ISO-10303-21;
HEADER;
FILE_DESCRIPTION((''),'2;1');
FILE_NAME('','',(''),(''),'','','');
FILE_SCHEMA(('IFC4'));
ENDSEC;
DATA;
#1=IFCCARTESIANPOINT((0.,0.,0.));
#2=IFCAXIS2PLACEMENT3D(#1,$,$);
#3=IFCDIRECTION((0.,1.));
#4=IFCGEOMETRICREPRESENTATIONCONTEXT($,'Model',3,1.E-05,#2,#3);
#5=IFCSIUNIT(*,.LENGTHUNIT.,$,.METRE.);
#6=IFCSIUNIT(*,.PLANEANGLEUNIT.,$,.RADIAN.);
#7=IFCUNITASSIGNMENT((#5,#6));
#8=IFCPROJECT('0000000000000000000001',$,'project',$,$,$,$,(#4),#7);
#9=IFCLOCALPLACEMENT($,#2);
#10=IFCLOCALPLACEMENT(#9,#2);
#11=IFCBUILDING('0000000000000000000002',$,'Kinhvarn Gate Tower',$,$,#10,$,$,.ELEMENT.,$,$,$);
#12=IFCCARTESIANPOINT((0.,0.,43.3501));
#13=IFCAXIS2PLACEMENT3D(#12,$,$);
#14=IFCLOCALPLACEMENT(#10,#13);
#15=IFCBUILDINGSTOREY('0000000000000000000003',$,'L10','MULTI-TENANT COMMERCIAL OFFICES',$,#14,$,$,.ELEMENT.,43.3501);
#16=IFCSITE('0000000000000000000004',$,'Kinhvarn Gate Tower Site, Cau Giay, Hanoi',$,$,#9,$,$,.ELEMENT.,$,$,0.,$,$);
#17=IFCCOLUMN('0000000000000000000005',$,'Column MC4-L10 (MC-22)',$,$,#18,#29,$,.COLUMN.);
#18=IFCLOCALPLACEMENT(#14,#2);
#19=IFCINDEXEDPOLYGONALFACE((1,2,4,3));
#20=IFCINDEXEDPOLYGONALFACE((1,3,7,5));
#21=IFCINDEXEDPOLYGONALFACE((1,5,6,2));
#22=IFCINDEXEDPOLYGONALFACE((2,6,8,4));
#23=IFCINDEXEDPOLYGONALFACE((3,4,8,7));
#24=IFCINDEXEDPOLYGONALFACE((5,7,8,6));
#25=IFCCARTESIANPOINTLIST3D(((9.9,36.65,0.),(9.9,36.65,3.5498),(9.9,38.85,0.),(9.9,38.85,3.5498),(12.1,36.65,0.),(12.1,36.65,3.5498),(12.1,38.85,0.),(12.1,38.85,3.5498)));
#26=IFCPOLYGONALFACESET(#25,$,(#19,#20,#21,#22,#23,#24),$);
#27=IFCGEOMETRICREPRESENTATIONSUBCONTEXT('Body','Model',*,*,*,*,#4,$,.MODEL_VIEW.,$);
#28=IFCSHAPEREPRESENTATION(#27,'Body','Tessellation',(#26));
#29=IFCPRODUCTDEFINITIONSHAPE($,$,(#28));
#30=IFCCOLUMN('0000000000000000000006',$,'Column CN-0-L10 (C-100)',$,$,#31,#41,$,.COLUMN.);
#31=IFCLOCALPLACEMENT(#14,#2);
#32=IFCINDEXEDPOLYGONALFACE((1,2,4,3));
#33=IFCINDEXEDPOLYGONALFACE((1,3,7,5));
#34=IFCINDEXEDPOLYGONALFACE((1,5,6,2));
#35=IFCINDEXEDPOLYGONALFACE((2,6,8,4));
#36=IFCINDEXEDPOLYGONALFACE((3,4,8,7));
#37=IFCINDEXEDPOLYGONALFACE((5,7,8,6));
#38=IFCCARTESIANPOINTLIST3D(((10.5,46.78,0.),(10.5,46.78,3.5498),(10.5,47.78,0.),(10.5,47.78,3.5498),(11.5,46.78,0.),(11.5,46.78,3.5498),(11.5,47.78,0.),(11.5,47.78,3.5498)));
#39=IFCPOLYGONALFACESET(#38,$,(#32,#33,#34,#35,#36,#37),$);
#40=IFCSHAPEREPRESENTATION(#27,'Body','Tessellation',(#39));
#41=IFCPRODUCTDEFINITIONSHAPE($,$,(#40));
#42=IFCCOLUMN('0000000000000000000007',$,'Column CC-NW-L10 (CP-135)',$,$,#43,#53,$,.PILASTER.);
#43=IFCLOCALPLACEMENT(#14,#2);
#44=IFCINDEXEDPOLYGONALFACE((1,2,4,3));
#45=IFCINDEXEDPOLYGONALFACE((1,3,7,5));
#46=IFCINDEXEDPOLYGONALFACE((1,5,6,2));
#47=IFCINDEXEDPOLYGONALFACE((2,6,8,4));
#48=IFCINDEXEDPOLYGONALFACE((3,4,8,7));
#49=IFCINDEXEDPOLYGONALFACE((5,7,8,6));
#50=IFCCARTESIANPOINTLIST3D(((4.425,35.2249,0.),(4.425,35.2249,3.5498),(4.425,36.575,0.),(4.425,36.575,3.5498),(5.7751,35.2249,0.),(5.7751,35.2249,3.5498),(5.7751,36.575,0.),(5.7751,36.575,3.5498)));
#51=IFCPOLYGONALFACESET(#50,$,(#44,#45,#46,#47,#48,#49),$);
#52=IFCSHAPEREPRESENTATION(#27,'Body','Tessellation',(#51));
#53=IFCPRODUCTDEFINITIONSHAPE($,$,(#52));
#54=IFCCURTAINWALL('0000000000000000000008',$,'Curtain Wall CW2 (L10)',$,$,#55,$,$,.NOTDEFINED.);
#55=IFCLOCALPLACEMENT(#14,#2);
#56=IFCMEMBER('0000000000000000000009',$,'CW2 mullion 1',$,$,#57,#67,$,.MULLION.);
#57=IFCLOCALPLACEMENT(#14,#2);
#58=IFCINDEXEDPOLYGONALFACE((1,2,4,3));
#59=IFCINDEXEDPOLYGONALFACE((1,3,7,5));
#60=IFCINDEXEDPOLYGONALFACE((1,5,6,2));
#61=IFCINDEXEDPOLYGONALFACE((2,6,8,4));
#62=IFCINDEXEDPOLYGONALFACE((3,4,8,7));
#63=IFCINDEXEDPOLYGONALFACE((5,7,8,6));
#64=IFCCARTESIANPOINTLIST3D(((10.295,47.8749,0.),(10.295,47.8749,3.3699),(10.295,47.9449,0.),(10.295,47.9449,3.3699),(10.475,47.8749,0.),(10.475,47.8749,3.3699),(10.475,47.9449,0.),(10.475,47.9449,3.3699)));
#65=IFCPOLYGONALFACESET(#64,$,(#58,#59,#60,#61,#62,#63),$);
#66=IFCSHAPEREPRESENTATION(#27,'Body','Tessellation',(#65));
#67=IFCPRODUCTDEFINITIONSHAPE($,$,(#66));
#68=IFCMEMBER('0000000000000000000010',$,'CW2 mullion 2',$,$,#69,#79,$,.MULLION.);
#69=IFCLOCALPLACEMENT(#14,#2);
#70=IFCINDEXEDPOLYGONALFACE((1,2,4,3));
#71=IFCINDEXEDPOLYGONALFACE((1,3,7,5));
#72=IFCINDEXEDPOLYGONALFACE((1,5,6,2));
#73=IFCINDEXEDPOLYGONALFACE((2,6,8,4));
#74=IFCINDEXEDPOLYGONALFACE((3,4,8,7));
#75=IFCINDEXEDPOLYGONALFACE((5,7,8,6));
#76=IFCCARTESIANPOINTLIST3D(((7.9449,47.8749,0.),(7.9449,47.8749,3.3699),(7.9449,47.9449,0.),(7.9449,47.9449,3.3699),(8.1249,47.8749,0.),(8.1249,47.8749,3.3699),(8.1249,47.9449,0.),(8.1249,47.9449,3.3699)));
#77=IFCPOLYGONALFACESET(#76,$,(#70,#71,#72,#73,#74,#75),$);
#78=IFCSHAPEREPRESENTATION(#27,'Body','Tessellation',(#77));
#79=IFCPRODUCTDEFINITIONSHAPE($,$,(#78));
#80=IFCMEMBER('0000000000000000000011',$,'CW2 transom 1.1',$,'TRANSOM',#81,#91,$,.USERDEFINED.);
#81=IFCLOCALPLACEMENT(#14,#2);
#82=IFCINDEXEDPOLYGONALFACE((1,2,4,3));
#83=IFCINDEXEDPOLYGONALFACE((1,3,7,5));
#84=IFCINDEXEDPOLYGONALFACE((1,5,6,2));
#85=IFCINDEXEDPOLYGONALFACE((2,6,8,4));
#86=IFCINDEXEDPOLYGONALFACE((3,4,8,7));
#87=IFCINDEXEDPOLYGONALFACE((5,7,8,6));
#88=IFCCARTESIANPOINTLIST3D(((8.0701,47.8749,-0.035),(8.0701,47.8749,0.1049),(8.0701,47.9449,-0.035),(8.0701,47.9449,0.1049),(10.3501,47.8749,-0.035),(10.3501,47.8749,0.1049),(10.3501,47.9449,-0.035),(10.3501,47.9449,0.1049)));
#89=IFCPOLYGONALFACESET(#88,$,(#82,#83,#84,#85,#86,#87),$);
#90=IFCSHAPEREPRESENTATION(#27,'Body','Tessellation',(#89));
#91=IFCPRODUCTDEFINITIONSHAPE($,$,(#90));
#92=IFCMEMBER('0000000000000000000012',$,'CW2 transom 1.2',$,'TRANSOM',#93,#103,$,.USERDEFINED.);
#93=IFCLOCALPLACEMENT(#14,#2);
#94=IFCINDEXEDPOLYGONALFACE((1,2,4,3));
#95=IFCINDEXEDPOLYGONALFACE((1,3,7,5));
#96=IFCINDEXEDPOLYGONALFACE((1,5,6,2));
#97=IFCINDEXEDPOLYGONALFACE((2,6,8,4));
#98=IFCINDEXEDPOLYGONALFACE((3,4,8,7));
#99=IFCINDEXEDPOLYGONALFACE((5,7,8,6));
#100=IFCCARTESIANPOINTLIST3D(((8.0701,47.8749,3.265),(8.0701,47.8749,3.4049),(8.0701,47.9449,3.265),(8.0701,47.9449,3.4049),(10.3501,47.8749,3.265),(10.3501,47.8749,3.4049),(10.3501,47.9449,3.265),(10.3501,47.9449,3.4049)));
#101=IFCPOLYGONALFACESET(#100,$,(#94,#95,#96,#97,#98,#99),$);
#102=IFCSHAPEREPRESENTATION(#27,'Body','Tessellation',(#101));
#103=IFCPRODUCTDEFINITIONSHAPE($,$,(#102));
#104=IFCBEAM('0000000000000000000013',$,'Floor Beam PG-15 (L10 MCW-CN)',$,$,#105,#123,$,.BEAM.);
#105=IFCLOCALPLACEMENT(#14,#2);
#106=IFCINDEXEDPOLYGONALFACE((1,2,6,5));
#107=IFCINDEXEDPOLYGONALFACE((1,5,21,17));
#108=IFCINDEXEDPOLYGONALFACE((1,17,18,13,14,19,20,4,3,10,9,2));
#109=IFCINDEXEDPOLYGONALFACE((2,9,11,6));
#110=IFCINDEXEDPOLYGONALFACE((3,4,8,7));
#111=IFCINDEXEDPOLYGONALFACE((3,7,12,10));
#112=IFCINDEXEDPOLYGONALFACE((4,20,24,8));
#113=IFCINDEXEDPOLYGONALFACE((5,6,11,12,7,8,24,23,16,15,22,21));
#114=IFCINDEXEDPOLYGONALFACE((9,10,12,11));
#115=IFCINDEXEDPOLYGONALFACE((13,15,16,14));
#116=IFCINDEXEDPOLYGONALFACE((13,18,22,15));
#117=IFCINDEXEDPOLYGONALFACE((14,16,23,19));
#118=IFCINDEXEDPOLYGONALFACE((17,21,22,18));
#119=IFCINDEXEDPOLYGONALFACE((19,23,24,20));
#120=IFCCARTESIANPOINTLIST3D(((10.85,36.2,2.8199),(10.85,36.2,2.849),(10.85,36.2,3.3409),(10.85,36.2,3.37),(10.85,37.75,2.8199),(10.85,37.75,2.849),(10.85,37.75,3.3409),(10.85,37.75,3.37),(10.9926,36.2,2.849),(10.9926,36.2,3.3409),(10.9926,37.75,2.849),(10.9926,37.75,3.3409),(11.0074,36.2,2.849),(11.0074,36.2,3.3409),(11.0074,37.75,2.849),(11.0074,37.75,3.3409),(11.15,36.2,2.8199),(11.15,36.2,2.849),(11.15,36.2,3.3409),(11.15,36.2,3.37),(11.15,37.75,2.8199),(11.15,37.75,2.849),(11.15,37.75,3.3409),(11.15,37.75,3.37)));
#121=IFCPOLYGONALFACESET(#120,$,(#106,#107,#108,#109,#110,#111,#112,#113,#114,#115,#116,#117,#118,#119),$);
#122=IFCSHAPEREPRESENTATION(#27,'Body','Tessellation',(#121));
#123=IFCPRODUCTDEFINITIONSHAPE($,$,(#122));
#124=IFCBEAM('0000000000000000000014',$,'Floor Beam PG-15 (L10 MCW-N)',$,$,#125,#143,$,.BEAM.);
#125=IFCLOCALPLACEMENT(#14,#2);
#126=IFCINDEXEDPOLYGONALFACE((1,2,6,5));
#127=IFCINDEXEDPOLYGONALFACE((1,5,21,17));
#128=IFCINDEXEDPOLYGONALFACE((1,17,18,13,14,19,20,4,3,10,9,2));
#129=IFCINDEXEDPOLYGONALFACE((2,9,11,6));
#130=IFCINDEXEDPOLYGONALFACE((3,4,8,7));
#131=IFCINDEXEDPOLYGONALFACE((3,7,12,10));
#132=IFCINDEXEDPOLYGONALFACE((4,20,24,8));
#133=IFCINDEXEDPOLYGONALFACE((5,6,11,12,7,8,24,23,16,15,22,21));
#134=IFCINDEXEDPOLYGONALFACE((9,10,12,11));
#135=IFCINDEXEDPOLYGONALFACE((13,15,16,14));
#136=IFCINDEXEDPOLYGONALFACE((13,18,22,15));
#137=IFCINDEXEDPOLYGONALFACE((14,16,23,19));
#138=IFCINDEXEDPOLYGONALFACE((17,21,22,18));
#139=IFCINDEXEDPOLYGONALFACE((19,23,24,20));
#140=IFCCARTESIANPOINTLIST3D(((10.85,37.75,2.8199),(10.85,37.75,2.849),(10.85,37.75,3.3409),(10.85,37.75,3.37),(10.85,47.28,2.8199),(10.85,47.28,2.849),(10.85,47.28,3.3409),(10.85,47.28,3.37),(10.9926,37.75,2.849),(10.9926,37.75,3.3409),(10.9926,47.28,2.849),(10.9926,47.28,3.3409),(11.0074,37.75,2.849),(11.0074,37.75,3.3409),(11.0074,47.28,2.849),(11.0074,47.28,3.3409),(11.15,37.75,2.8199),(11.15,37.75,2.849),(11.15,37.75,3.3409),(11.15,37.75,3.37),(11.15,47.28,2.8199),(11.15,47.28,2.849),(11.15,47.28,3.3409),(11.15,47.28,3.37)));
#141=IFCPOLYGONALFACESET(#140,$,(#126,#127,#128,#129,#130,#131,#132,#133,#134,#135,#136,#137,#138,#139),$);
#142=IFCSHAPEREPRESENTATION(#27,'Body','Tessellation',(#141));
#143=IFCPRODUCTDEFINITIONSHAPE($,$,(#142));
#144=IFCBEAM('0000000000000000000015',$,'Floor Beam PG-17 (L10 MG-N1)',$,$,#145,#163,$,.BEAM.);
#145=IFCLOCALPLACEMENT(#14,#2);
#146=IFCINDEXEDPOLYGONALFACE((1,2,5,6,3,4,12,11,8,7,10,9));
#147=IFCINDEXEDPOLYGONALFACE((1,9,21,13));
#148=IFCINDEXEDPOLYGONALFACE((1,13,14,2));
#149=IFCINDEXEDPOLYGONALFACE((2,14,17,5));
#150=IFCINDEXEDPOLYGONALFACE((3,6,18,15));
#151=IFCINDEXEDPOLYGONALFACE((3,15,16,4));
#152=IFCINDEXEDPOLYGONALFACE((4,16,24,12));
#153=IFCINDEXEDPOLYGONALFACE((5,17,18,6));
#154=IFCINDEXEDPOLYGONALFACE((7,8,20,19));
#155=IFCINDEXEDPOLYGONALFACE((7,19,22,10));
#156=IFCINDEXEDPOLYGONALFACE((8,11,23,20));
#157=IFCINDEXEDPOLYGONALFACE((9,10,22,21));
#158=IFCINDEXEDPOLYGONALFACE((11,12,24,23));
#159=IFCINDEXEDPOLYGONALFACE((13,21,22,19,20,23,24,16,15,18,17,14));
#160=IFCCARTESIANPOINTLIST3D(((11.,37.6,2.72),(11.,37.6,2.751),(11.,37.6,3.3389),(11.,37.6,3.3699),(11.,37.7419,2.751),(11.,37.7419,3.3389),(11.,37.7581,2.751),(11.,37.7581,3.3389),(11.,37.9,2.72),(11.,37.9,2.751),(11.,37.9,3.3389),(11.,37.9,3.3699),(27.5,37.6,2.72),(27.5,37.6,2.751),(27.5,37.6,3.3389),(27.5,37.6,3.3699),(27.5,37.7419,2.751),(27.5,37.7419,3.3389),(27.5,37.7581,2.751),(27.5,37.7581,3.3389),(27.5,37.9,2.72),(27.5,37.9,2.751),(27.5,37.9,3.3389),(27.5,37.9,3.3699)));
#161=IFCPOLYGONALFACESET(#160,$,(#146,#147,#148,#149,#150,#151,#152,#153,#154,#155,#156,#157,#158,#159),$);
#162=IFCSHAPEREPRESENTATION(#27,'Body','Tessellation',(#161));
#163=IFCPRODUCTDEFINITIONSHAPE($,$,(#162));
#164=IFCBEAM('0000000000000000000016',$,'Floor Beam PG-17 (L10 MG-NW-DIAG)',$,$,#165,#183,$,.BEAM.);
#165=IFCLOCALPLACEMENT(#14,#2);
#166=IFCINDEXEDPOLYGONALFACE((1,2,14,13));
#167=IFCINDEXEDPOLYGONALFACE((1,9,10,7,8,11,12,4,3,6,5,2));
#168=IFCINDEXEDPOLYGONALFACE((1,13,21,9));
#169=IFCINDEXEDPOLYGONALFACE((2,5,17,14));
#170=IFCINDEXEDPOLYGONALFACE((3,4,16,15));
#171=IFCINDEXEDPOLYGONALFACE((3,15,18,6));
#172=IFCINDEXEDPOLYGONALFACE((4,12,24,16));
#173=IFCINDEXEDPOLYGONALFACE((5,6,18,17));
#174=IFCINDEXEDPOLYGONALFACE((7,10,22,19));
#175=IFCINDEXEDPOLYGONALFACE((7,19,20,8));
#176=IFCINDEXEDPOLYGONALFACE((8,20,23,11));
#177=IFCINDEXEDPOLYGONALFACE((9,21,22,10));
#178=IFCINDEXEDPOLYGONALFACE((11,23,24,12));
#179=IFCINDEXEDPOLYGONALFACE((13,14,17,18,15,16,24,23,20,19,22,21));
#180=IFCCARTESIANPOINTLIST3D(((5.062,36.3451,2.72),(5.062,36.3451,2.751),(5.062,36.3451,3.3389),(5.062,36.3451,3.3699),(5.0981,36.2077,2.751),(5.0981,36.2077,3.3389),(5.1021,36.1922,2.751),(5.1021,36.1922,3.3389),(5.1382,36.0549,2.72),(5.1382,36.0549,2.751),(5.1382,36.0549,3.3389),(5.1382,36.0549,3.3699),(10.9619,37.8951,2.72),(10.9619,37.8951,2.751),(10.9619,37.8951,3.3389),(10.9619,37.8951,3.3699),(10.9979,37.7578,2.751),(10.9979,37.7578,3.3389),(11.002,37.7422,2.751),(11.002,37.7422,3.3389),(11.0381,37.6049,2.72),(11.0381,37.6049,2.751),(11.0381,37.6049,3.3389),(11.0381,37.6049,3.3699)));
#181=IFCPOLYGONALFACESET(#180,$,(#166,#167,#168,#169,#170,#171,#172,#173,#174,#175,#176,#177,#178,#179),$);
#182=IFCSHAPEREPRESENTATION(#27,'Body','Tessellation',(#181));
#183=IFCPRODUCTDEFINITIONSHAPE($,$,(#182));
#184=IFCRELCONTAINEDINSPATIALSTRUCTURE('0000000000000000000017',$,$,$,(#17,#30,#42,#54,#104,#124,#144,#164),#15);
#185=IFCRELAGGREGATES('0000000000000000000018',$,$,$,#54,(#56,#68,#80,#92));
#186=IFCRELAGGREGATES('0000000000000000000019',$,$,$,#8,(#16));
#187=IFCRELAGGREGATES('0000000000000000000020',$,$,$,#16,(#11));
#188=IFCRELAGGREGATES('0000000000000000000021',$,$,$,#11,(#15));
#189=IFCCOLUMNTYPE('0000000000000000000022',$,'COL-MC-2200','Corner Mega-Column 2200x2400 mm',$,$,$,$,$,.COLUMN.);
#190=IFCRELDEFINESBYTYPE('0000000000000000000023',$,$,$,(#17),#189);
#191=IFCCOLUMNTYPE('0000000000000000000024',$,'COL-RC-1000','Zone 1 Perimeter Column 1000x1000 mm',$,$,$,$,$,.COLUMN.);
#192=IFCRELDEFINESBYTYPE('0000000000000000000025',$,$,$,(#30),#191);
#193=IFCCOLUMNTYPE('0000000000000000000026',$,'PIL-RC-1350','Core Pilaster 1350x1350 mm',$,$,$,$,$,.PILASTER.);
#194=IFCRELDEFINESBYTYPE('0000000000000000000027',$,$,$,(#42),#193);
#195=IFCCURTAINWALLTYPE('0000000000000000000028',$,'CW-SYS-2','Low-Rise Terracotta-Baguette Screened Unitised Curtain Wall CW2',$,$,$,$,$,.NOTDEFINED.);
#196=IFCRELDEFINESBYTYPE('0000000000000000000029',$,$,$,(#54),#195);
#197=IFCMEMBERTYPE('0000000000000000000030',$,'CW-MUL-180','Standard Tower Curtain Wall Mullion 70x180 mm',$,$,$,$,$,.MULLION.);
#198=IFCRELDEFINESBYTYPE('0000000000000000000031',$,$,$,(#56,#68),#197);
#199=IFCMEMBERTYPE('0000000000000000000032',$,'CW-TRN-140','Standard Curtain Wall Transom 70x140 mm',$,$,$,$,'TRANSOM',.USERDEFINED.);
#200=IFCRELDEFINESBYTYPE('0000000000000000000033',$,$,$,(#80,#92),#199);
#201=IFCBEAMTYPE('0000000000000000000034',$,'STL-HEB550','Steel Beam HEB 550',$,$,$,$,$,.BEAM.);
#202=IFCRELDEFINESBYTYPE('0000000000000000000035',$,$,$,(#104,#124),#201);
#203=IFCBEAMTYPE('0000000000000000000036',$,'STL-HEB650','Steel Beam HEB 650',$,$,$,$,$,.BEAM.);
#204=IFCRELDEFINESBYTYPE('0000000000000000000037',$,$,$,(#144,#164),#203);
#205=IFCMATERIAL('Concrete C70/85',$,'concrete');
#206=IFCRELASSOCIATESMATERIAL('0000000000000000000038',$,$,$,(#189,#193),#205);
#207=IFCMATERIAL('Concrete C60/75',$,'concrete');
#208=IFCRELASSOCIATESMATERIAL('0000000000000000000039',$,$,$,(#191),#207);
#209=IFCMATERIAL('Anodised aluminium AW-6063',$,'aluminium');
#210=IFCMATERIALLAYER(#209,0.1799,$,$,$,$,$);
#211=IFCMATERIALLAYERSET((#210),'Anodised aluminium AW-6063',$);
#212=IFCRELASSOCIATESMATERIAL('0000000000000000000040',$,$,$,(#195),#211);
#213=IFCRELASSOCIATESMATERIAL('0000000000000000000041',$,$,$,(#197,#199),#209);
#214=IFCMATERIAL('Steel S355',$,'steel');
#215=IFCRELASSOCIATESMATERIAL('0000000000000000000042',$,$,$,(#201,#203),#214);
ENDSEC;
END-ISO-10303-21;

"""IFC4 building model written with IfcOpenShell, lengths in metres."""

from ifc_helpers import new_model, si_unit, direction, frame, origin, origin_2d, place, context, subcontext, project, spatial, rectangle, i_section, extrude, material, layer, layer_set, material_profile, profile_set, type_object, element, aggregate, save


model = new_model("IFC4")

# Units and contexts
model_context = context("Model", 3, precision=1e-05, world=origin(), true_north=direction((0.0, 1.0)))
body_context = subcontext(model_context, "Body", "Model", "MODEL_VIEW")
ifc_project = project(units=[si_unit("LENGTHUNIT", "METRE"), si_unit("PLANEANGLEUNIT", "RADIAN")], contexts=[model_context])

# Site, building, storey
site_placement = place(None, origin())
site = spatial("IfcSite", under=ifc_project, at=site_placement, Name="Kinhvarn Gate Tower Site, Cau Giay, Hanoi", CompositionType="ELEMENT", RefElevation=0.0)
building_placement = place(site_placement, origin())
building = spatial("IfcBuilding", under=site, at=building_placement, Name="Kinhvarn Gate Tower", CompositionType="ELEMENT")
storey_placement = place(building_placement, frame((0.0, 0.0, 43.3501)))
storey = spatial("IfcBuildingStorey", under=building, at=storey_placement, Name="L10", Description="MULTI-TENANT COMMERCIAL OFFICES", CompositionType="ELEMENT", Elevation=43.3501)

# Columns
ifc_material_1 = material(Name="Concrete C70/85", Category="concrete")
ifc_material_profile_1 = material_profile(ifc_material_1, rectangle(XDim=2.2, YDim=2.2, at=origin_2d()), Name="RC 2200x2200")
ifc_profile_set_1 = profile_set([ifc_material_profile_1], Name="Concrete C70/85")
column_type_1 = type_object("IfcColumnType", Name="COL-MC-2200", Description="Corner Mega-Column 2200x2400 mm", PredefinedType="COLUMN", material=ifc_profile_set_1)
column_1_placement = place(storey_placement, frame((11.0, 37.75, 0.0), z_axis=(0.0, 0.0, 1.0), x_axis=(1.0, 0.0, 0.0)))
element("IfcColumn", 1, at=column_1_placement, inside=storey, type_object=column_type_1, Name="Column MC4-L10 (MC-22)", PredefinedType="COLUMN", context=body_context, shape_type="SweptSolid", body=[
    extrude(rectangle(XDim=2.2, YDim=2.2, at=origin_2d()), origin(), (0.0, 0.0, 1.0), 3.5498),
])
ifc_material_2 = material(Name="Concrete C60/75", Category="concrete")
ifc_material_profile_2 = material_profile(ifc_material_2, rectangle(XDim=1.0, YDim=1.0, at=origin_2d()), Name="RC 1000x1000")
ifc_profile_set_2 = profile_set([ifc_material_profile_2], Name="Concrete C60/75")
column_type_2 = type_object("IfcColumnType", Name="COL-RC-1000", Description="Zone 1 Perimeter Column 1000x1000 mm", PredefinedType="COLUMN", material=ifc_profile_set_2)
column_2_placement = place(storey_placement, frame((11.0, 47.28, 0.0), z_axis=(0.0, 0.0, 1.0), x_axis=(1.0, 0.0, 0.0)))
element("IfcColumn", 2, at=column_2_placement, inside=storey, type_object=column_type_2, Name="Column CN-0-L10 (C-100)", PredefinedType="COLUMN", context=body_context, shape_type="SweptSolid", body=[
    extrude(rectangle(XDim=1.0, YDim=1.0, at=origin_2d()), origin(), (0.0, 0.0, 1.0), 3.5498),
])
ifc_material_profile_3 = material_profile(ifc_material_1, rectangle(XDim=1.3501, YDim=1.3501, at=origin_2d()), Name="RC 1350x1350")
ifc_profile_set_3 = profile_set([ifc_material_profile_3], Name="Concrete C70/85")
column_type_3 = type_object("IfcColumnType", Name="PIL-RC-1350", Description="Core Pilaster 1350x1350 mm", PredefinedType="PILASTER", material=ifc_profile_set_3)
column_3_placement = place(storey_placement, frame((5.1001, 35.8999, 0.0), z_axis=(0.0, 0.0, 1.0), x_axis=(1.0, 0.0, 0.0)))
element("IfcColumn", 3, at=column_3_placement, inside=storey, type_object=column_type_3, Name="Column CC-NW-L10 (CP-135)", PredefinedType="PILASTER", context=body_context, shape_type="SweptSolid", body=[
    extrude(rectangle(XDim=1.3501, YDim=1.3501, at=origin_2d()), origin(), (0.0, 0.0, 1.0), 3.5498),
])

# Curtain wall, members
ifc_material_3 = material(Name="Anodised aluminium AW-6063", Category="aluminium")
ifc_layer_1 = layer(ifc_material_3, 0.1799)
ifc_layer_set_1 = layer_set([ifc_layer_1], Name="Anodised aluminium AW-6063")
curtain_wall_type = type_object("IfcCurtainWallType", Name="CW-SYS-2", Description="Low-Rise Terracotta-Baguette Screened Unitised Curtain Wall CW2", PredefinedType="NOTDEFINED", material=ifc_layer_set_1)
curtain_wall_placement = place(storey_placement, origin())
curtain_wall = element("IfcCurtainWall", 4, at=curtain_wall_placement, inside=storey, type_object=curtain_wall_type, Name="Curtain Wall CW2 (L10)", PredefinedType="NOTDEFINED")
ifc_material_profile_4 = material_profile(ifc_material_3, rectangle(XDim=0.0701, YDim=0.1799, at=origin_2d()), Name="ALU 70x180")
ifc_profile_set_4 = profile_set([ifc_material_profile_4], Name="Anodised aluminium AW-6063")
member_type_1 = type_object("IfcMemberType", Name="CW-MUL-180", Description="Standard Tower Curtain Wall Mullion 70x180 mm", PredefinedType="MULLION", material=ifc_profile_set_4)
member_1_placement = place(storey_placement, frame((10.385, 47.9099, 0.0), z_axis=(0.0, 0.0, 1.0), x_axis=(0.0, -1.0, 0.0)))
member_1 = element("IfcMember", 5, at=member_1_placement, type_object=member_type_1, Name="CW2 mullion 1", PredefinedType="MULLION", context=body_context, shape_type="SweptSolid", body=[
    extrude(rectangle(XDim=0.0701, YDim=0.1799, at=origin_2d()), origin(), (0.0, 0.0, 1.0), 3.3699),
])
member_2_placement = place(storey_placement, frame((8.0349, 47.9099, 0.0), z_axis=(0.0, 0.0, 1.0), x_axis=(0.0, -1.0, 0.0)))
member_2 = element("IfcMember", 6, at=member_2_placement, type_object=member_type_1, Name="CW2 mullion 2", PredefinedType="MULLION", context=body_context, shape_type="SweptSolid", body=[
    extrude(rectangle(XDim=0.0701, YDim=0.1799, at=origin_2d()), origin(), (0.0, 0.0, 1.0), 3.3699),
])
ifc_material_profile_5 = material_profile(ifc_material_3, rectangle(XDim=0.0701, YDim=0.1399, at=origin_2d()), Name="ALU 70x140")
ifc_profile_set_5 = profile_set([ifc_material_profile_5], Name="Anodised aluminium AW-6063")
member_type_2 = type_object("IfcMemberType", Name="CW-TRN-140", Description="Standard Curtain Wall Transom 70x140 mm", ElementType="TRANSOM", PredefinedType="USERDEFINED", material=ifc_profile_set_5)
member_3_placement = place(storey_placement, frame((10.3501, 47.9099, 0.0349), z_axis=(-1.0, 0.0, 0.0), x_axis=(0.0, -1.0, 0.0)))
member_3 = element("IfcMember", 7, at=member_3_placement, type_object=member_type_2, Name="CW2 transom 1.1", ObjectType="TRANSOM", PredefinedType="USERDEFINED", context=body_context, shape_type="SweptSolid", body=[
    extrude(rectangle(XDim=0.0701, YDim=0.1399, at=origin_2d()), origin(), (0.0, 0.0, 1.0), 2.28),
])
member_4_placement = place(storey_placement, frame((10.3501, 47.9099, 3.335), z_axis=(-1.0, 0.0, 0.0), x_axis=(0.0, -1.0, 0.0)))
member_4 = element("IfcMember", 8, at=member_4_placement, type_object=member_type_2, Name="CW2 transom 1.2", ObjectType="TRANSOM", PredefinedType="USERDEFINED", context=body_context, shape_type="SweptSolid", body=[
    extrude(rectangle(XDim=0.0701, YDim=0.1399, at=origin_2d()), origin(), (0.0, 0.0, 1.0), 2.28),
])

# Beams
ifc_material_4 = material(Name="Steel S355", Category="steel")
ifc_material_profile_6 = material_profile(ifc_material_4, i_section(OverallWidth=0.3, OverallDepth=0.55, WebThickness=0.0149, FlangeThickness=0.0291, at=origin_2d()), Name="HEB 550")
ifc_profile_set_6 = profile_set([ifc_material_profile_6], Name="Steel S355")
beam_type_1 = type_object("IfcBeamType", Name="STL-HEB550", Description="Steel Beam HEB 550", PredefinedType="BEAM", material=ifc_profile_set_6)
beam_1_placement = place(storey_placement, frame((11.0, 36.2, 3.095), z_axis=(0.0, 1.0, 0.0), x_axis=(-1.0, 0.0, 0.0)))
element("IfcBeam", 9, at=beam_1_placement, inside=storey, type_object=beam_type_1, Name="Floor Beam PG-15 (L10 MCW-CN)", PredefinedType="BEAM", context=body_context, shape_type="SweptSolid", body=[
    extrude(i_section(OverallWidth=0.3, OverallDepth=0.55, WebThickness=0.0149, FlangeThickness=0.0291, at=origin_2d()), origin(), (0.0, 0.0, 1.0), 1.55),
])
beam_2_placement = place(storey_placement, frame((11.0, 37.75, 3.095), z_axis=(0.0, 1.0, 0.0), x_axis=(-1.0, 0.0, 0.0)))
element("IfcBeam", 10, at=beam_2_placement, inside=storey, type_object=beam_type_1, Name="Floor Beam PG-15 (L10 MCW-N)", PredefinedType="BEAM", context=body_context, shape_type="SweptSolid", body=[
    extrude(i_section(OverallWidth=0.3, OverallDepth=0.55, WebThickness=0.0149, FlangeThickness=0.0291, at=origin_2d()), origin(), (0.0, 0.0, 1.0), 9.53),
])
ifc_material_profile_7 = material_profile(ifc_material_4, i_section(OverallWidth=0.3, OverallDepth=0.6499, WebThickness=0.0161, FlangeThickness=0.031, at=origin_2d()), Name="HEB 650")
ifc_profile_set_7 = profile_set([ifc_material_profile_7], Name="Steel S355")
beam_type_2 = type_object("IfcBeamType", Name="STL-HEB650", Description="Steel Beam HEB 650", PredefinedType="BEAM", material=ifc_profile_set_7)
beam_3_placement = place(storey_placement, frame((11.0, 37.75, 3.0449), z_axis=(1.0, 0.0, 0.0), x_axis=(0.0, 1.0, 0.0)))
element("IfcBeam", 11, at=beam_3_placement, inside=storey, type_object=beam_type_2, Name="Floor Beam PG-17 (L10 MG-N1)", PredefinedType="BEAM", context=body_context, shape_type="SweptSolid", body=[
    extrude(i_section(OverallWidth=0.3, OverallDepth=0.6499, WebThickness=0.0161, FlangeThickness=0.031, at=origin_2d()), origin(), (0.0, 0.0, 1.0), 16.5),
])
beam_4_placement = place(storey_placement, frame((5.1001, 36.2, 3.0449), z_axis=(0.967178, 0.254101, 0.0), x_axis=(-0.254101, 0.967178, 0.0)))
element("IfcBeam", 12, at=beam_4_placement, inside=storey, type_object=beam_type_2, Name="Floor Beam PG-17 (L10 MG-NW-DIAG)", PredefinedType="BEAM", context=body_context, shape_type="SweptSolid", body=[
    extrude(i_section(OverallWidth=0.3, OverallDepth=0.6499, WebThickness=0.0161, FlangeThickness=0.031, at=origin_2d()), origin(), (0.0, 0.0, 1.0), 6.1001),
])

aggregate(curtain_wall, [member_1, member_2, member_3, member_4])

save(model, "model.ifc")
